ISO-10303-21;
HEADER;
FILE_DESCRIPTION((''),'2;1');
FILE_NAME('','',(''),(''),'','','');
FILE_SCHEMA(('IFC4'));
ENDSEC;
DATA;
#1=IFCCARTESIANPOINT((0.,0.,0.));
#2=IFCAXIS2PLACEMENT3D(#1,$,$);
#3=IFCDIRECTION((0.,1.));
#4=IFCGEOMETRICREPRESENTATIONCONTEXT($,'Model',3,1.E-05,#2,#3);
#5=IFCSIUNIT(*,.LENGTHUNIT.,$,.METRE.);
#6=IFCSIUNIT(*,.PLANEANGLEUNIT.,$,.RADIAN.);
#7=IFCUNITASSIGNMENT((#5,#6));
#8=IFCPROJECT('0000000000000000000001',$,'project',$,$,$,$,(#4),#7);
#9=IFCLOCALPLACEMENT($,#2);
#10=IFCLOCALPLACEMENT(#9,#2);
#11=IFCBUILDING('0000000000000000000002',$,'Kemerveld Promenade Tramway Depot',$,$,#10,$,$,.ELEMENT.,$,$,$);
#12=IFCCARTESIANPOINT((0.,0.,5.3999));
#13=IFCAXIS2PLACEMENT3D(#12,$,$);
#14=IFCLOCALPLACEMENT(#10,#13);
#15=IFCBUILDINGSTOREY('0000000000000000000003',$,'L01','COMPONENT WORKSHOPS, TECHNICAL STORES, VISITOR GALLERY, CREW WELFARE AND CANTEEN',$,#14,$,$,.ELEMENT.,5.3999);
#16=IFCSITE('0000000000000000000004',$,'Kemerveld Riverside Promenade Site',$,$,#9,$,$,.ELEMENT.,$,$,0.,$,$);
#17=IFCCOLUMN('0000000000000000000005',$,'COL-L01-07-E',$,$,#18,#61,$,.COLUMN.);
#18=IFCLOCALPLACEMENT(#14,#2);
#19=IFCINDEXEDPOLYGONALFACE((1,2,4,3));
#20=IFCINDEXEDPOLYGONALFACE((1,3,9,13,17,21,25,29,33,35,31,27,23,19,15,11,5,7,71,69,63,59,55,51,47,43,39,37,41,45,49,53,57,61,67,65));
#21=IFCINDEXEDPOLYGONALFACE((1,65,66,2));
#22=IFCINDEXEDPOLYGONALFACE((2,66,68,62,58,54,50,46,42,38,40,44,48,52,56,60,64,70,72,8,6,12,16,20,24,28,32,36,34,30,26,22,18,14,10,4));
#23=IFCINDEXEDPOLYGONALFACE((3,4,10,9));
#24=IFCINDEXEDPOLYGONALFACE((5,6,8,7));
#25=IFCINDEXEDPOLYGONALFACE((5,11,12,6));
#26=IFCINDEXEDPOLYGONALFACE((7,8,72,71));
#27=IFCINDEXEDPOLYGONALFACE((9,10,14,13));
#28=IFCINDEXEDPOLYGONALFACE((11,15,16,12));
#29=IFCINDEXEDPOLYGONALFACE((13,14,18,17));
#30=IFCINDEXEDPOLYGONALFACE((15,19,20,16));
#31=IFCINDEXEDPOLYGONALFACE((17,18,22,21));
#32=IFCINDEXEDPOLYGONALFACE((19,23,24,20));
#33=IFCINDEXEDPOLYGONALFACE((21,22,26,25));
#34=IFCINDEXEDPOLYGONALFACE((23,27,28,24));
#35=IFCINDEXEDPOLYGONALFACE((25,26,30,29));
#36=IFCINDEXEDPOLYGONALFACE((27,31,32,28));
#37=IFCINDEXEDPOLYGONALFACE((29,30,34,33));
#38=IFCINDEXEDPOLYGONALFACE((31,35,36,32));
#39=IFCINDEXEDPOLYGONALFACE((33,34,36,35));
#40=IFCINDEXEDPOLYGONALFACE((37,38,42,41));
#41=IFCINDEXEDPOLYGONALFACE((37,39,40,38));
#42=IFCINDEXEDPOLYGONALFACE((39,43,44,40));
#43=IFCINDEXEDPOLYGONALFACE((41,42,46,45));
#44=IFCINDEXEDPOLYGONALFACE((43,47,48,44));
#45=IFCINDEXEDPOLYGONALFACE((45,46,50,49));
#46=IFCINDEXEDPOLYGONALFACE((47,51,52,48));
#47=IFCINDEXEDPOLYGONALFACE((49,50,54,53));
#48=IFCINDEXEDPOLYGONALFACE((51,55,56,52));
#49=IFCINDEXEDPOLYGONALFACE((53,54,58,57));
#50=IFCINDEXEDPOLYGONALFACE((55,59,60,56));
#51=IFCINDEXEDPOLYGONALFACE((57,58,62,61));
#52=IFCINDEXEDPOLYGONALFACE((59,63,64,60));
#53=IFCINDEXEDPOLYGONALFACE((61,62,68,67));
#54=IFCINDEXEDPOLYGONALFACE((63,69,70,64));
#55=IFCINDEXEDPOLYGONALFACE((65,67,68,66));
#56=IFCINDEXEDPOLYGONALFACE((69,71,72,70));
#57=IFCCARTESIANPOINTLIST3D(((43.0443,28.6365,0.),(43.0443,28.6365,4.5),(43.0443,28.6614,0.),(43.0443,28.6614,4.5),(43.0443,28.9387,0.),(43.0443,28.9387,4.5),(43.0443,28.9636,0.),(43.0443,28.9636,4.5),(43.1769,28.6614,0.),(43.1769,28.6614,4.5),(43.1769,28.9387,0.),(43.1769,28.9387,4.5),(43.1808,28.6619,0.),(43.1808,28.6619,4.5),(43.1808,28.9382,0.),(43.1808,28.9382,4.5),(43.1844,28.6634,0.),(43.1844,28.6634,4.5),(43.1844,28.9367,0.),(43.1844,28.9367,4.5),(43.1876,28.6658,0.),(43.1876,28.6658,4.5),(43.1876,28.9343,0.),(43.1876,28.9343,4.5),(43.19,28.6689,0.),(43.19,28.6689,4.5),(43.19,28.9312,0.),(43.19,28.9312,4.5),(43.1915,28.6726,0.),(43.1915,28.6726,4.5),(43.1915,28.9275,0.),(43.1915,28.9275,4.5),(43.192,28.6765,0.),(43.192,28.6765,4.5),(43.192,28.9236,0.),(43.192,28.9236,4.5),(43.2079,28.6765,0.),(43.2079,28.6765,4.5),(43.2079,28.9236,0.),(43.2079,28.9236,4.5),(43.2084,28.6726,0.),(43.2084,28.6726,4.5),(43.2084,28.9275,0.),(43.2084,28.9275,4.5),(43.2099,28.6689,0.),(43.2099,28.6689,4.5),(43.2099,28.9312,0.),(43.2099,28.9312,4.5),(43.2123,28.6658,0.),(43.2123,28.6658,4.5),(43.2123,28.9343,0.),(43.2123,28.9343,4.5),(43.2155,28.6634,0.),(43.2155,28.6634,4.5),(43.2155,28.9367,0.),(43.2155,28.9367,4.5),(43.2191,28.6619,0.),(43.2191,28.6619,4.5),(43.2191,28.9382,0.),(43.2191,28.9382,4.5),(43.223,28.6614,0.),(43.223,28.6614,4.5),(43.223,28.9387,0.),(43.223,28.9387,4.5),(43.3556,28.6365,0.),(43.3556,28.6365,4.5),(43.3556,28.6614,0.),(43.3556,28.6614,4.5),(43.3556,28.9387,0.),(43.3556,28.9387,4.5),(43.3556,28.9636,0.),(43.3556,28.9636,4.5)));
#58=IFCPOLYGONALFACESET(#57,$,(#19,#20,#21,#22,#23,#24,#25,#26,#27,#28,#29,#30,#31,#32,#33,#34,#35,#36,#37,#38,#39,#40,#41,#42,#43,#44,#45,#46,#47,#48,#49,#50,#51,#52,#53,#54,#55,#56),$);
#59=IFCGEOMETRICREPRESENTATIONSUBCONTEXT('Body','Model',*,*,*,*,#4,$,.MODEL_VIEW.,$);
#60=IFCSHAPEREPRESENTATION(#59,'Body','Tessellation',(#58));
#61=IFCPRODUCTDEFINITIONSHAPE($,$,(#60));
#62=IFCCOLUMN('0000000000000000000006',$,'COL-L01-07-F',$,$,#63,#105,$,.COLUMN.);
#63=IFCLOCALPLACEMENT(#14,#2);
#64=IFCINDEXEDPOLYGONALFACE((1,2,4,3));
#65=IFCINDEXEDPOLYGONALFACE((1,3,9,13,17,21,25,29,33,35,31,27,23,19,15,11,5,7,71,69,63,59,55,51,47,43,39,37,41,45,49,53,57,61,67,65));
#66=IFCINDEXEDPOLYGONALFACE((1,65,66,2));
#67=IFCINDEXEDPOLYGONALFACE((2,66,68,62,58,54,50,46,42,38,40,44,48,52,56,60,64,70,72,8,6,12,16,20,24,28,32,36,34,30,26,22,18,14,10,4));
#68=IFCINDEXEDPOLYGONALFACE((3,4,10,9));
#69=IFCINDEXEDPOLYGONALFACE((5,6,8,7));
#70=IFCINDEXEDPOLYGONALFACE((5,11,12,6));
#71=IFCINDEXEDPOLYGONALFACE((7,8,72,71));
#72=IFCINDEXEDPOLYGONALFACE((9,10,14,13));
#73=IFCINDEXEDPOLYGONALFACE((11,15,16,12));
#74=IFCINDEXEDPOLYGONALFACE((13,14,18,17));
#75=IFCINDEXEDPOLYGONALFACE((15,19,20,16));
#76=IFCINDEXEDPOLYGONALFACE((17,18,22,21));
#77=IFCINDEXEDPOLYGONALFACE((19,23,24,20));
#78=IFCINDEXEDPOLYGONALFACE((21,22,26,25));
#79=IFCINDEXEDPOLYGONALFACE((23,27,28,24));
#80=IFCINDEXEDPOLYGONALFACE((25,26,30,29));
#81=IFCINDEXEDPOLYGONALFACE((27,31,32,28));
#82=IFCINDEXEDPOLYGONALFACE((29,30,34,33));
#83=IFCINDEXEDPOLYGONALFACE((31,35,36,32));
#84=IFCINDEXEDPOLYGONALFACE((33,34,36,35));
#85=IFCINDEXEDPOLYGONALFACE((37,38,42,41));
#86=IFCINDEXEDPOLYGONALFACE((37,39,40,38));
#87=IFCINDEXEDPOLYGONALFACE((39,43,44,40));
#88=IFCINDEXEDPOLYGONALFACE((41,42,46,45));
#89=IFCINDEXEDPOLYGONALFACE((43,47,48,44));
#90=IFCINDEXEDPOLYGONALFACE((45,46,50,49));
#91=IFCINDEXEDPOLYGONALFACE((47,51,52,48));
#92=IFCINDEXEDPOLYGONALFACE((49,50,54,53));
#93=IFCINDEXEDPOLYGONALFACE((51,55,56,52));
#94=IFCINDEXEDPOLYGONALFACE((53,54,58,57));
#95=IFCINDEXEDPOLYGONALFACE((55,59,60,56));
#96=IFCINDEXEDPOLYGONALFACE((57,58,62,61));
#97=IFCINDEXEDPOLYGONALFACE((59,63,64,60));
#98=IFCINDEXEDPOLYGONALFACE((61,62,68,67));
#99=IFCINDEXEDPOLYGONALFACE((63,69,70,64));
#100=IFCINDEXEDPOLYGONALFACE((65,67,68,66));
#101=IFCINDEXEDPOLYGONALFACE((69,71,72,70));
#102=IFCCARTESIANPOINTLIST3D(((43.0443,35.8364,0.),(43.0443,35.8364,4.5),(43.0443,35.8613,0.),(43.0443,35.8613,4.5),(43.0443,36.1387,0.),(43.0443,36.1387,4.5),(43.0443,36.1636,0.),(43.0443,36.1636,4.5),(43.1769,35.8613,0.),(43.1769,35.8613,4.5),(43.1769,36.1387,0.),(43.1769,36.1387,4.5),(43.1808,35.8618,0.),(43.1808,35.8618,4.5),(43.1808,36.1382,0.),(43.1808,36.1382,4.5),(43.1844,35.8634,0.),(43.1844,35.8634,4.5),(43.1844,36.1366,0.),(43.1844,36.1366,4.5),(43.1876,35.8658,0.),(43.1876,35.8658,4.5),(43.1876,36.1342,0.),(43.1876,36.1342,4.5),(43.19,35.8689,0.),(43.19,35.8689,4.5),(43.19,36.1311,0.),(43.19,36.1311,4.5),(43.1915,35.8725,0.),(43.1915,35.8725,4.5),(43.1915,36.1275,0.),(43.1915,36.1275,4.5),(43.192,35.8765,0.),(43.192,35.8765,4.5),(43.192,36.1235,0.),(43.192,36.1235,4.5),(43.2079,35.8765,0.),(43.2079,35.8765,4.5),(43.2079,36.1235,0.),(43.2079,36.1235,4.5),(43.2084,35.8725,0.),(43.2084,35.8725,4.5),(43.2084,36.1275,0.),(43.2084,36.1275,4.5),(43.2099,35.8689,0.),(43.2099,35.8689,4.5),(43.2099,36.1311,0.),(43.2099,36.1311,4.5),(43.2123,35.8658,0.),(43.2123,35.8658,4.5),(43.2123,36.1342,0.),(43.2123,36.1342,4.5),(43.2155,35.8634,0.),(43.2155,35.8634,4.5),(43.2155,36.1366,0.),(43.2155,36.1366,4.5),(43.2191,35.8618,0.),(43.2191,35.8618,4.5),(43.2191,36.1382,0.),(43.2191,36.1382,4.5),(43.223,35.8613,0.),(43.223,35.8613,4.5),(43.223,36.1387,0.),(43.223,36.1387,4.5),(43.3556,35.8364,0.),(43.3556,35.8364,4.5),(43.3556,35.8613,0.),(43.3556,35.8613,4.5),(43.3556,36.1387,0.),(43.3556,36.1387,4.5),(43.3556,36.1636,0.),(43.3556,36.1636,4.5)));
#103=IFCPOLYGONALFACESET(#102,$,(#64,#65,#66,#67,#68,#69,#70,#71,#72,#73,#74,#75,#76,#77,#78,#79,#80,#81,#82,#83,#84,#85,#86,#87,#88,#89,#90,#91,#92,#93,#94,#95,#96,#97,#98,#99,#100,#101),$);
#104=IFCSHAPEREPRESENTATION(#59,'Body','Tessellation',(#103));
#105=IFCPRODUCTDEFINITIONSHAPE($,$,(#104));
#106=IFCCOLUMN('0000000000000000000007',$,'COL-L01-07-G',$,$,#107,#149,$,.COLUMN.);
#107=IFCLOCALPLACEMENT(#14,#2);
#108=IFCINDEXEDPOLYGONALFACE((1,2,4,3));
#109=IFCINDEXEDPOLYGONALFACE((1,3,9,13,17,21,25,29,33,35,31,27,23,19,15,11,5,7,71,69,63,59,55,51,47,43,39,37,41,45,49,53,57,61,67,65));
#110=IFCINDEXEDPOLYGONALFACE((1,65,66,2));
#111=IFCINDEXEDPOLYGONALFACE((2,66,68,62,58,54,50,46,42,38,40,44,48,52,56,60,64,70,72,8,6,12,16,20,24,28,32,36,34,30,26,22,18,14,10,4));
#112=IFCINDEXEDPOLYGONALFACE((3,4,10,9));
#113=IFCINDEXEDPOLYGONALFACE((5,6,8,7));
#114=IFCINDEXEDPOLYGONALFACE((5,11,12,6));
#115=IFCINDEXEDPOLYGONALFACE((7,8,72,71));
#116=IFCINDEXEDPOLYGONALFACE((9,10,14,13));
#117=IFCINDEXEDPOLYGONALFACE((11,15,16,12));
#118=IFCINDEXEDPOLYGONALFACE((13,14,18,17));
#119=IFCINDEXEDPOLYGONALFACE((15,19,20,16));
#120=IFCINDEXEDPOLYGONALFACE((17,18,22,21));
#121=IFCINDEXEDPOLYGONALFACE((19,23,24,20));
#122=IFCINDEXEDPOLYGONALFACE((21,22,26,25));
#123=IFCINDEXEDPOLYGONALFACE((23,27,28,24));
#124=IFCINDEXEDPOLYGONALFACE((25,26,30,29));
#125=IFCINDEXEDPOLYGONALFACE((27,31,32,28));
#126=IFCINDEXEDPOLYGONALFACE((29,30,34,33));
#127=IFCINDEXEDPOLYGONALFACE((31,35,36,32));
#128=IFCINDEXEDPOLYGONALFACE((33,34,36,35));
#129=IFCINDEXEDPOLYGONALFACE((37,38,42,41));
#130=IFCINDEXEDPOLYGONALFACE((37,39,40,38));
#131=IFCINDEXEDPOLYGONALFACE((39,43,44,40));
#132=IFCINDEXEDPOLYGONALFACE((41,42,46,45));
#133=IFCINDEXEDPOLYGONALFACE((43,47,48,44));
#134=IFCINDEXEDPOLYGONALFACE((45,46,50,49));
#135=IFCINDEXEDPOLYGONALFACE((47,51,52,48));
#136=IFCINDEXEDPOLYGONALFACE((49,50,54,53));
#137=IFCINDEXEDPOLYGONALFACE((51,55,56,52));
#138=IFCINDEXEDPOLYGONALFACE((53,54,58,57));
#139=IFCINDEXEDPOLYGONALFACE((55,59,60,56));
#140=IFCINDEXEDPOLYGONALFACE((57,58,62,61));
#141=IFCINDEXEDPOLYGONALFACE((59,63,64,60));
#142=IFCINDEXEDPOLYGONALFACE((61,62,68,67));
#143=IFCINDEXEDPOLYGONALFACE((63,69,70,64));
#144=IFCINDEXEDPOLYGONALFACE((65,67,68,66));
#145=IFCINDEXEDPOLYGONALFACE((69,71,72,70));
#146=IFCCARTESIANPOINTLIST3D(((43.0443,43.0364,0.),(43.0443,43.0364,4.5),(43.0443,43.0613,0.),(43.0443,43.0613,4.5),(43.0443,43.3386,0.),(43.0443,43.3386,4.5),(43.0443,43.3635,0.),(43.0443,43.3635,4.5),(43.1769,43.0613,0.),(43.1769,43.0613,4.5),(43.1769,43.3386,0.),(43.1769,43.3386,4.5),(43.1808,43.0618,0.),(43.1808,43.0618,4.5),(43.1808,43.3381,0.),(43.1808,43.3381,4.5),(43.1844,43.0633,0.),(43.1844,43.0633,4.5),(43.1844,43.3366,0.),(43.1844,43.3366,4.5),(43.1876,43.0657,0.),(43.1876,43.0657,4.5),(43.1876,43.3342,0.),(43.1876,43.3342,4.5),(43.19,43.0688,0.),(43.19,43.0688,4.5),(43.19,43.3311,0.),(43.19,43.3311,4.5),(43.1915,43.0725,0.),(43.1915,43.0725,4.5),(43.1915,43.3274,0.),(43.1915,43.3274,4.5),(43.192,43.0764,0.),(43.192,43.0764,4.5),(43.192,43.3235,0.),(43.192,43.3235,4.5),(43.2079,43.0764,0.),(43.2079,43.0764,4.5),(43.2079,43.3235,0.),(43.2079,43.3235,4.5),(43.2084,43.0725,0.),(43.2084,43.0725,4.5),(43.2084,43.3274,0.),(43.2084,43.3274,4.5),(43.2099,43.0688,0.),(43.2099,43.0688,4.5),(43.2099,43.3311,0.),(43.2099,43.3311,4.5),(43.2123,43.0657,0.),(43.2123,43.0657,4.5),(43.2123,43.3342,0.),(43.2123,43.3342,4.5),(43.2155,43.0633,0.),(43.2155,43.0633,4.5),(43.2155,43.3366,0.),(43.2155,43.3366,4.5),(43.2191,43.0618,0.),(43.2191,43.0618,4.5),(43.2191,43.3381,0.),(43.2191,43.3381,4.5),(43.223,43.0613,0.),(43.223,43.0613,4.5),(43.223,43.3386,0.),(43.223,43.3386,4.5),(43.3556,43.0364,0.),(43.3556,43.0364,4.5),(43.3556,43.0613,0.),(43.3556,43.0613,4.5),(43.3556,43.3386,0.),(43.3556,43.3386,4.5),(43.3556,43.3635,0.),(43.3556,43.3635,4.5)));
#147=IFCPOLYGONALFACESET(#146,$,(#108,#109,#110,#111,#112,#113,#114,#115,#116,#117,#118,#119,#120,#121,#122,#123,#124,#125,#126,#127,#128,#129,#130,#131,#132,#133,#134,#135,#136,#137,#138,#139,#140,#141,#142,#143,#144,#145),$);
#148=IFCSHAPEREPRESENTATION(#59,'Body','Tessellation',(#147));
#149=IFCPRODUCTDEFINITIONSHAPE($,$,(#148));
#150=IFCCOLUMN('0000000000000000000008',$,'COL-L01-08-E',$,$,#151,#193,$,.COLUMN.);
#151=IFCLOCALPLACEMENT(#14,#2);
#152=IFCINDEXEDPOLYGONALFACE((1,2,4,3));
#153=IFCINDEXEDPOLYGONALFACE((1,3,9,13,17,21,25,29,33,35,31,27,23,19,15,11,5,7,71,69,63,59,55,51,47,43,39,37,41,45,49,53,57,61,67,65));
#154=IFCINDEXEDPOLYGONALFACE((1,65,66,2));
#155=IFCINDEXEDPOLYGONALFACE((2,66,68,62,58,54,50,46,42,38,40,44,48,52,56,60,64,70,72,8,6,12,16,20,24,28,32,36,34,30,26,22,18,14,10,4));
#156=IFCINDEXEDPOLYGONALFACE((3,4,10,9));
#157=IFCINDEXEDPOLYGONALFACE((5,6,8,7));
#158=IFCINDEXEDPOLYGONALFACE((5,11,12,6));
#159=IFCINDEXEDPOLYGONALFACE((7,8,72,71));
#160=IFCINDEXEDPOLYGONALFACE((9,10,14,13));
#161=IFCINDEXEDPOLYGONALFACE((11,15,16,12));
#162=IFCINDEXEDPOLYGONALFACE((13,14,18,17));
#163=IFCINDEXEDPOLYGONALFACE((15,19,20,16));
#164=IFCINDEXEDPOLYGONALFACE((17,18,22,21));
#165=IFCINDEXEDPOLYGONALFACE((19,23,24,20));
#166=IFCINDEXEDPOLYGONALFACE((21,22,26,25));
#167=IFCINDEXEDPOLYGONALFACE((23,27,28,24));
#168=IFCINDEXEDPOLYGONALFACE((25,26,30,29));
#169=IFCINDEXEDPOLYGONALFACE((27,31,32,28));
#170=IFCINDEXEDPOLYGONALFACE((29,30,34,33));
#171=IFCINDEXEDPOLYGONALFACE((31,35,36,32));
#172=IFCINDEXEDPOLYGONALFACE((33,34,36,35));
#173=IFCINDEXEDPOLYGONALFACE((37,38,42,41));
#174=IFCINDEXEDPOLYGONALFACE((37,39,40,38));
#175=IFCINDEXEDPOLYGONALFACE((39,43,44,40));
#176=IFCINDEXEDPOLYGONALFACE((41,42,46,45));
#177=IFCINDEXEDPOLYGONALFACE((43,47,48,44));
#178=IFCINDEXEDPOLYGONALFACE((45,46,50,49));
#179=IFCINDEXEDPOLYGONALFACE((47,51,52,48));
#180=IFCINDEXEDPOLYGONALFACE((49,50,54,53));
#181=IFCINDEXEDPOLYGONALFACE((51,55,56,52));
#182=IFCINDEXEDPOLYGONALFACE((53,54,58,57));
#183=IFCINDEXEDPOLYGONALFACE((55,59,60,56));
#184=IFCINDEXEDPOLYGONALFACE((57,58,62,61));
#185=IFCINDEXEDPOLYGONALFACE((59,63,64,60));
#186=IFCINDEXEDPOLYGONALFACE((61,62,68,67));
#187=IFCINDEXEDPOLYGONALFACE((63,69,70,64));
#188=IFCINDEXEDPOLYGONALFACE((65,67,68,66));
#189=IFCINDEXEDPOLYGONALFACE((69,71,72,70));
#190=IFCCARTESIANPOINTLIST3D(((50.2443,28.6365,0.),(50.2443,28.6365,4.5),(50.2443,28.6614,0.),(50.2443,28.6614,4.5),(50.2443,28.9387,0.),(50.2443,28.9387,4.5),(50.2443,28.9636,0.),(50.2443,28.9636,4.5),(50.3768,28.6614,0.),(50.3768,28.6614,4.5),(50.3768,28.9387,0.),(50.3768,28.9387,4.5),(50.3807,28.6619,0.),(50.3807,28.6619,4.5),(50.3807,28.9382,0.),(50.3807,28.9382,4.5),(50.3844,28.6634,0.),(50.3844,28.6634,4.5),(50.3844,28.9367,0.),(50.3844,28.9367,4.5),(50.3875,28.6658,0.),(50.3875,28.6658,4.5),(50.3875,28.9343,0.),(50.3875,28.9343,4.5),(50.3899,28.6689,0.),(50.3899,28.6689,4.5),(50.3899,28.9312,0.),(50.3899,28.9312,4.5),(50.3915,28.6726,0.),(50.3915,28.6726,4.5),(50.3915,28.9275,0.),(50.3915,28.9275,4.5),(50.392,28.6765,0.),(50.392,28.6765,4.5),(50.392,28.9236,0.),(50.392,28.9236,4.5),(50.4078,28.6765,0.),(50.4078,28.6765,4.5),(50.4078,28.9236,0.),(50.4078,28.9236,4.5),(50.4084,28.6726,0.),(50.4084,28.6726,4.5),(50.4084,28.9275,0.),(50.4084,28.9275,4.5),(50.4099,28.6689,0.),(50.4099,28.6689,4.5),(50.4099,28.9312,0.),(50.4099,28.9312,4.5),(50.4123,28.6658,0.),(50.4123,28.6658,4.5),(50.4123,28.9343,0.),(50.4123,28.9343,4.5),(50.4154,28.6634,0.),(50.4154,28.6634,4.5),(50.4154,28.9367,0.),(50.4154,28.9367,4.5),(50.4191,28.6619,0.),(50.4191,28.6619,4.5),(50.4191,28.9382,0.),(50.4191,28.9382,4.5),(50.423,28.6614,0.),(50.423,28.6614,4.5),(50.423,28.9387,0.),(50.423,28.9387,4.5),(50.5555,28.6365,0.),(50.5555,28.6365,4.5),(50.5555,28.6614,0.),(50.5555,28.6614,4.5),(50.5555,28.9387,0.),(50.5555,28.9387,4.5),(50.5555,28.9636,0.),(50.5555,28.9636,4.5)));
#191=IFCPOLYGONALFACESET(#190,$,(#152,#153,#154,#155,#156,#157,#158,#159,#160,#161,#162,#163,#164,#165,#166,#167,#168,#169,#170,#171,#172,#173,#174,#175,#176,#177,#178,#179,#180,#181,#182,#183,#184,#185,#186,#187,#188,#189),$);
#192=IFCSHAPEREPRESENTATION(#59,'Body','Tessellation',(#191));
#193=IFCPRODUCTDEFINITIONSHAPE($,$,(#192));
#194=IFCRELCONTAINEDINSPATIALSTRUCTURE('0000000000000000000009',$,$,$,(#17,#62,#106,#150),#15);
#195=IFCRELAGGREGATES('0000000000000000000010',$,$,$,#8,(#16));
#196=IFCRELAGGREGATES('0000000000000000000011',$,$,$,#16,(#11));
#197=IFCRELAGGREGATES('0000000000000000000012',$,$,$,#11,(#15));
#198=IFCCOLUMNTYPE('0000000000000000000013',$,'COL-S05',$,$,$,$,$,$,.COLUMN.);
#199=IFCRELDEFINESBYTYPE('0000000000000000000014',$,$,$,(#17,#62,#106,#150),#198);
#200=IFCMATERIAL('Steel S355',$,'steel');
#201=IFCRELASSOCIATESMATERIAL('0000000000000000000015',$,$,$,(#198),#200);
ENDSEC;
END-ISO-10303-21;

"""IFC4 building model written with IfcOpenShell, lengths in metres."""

from ifc_helpers import new_model, si_unit, direction, frame, origin, origin_2d, place, context, subcontext, project, spatial, i_section, extrude, material, material_profile, profile_set, type_object, element, save


model = new_model("IFC4")

# Units and contexts
model_context = context("Model", 3, precision=1e-05, world=origin(), true_north=direction((0.0, 1.0)))
body_context = subcontext(model_context, "Body", "Model", "MODEL_VIEW")
ifc_project = project(units=[si_unit("LENGTHUNIT", "METRE"), si_unit("PLANEANGLEUNIT", "RADIAN")], contexts=[model_context])

# Site, building, storey
site_placement = place(None, origin())
site = spatial("IfcSite", under=ifc_project, at=site_placement, Name="Kemerveld Riverside Promenade Site", CompositionType="ELEMENT", RefElevation=0.0)
building_placement = place(site_placement, origin())
building = spatial("IfcBuilding", under=site, at=building_placement, Name="Kemerveld Promenade Tramway Depot", CompositionType="ELEMENT")
storey_placement = place(building_placement, frame((0.0, 0.0, 5.3999)))
storey = spatial("IfcBuildingStorey", under=building, at=storey_placement, Name="L01", Description="COMPONENT WORKSHOPS, TECHNICAL STORES, VISITOR GALLERY, CREW WELFARE AND CANTEEN", CompositionType="ELEMENT", Elevation=5.3999)

# Columns
ifc_material_1 = material(Name="Steel S355", Category="steel")
ifc_material_profile_1 = material_profile(ifc_material_1, i_section(OverallWidth=0.3113, OverallDepth=0.3271, WebThickness=0.0159, FlangeThickness=0.0249, FilletRadius=0.0151, at=origin_2d()), Name="305x305x158 UC")
ifc_profile_set_1 = profile_set([ifc_material_profile_1], Name="Steel S355")
column_type = type_object("IfcColumnType", Name="COL-S05", PredefinedType="COLUMN", material=ifc_profile_set_1)
for number, where, z_axis, x_axis, name in (
    (1, (43.2, 28.8, 0.0), (0.0, 0.0, 1.0), (1.0, 0.0, 0.0), "COL-L01-07-E"),
    (2, (43.2, 36.0, 0.0), (0.0, 0.0, 1.0), (1.0, 0.0, 0.0), "COL-L01-07-F"),
    (3, (43.2, 43.2, 0.0), (0.0, 0.0, 1.0), (1.0, 0.0, 0.0), "COL-L01-07-G"),
    (4, (50.3999, 28.8, 0.0), (0.0, 0.0, 1.0), (1.0, 0.0, 0.0), "COL-L01-08-E"),
):
    element("IfcColumn", number, at=place(storey_placement, frame(where, z_axis=z_axis, x_axis=x_axis)), inside=storey, type_object=column_type, Name=name, PredefinedType="COLUMN", context=body_context, shape_type="SweptSolid", body=[
        extrude(i_section(OverallWidth=0.3113, OverallDepth=0.3271, WebThickness=0.0159, FlangeThickness=0.0249, FilletRadius=0.0151, at=origin_2d()), origin(), (0.0, 0.0, 1.0), 4.5),
    ])

save(model, "model.ifc")
